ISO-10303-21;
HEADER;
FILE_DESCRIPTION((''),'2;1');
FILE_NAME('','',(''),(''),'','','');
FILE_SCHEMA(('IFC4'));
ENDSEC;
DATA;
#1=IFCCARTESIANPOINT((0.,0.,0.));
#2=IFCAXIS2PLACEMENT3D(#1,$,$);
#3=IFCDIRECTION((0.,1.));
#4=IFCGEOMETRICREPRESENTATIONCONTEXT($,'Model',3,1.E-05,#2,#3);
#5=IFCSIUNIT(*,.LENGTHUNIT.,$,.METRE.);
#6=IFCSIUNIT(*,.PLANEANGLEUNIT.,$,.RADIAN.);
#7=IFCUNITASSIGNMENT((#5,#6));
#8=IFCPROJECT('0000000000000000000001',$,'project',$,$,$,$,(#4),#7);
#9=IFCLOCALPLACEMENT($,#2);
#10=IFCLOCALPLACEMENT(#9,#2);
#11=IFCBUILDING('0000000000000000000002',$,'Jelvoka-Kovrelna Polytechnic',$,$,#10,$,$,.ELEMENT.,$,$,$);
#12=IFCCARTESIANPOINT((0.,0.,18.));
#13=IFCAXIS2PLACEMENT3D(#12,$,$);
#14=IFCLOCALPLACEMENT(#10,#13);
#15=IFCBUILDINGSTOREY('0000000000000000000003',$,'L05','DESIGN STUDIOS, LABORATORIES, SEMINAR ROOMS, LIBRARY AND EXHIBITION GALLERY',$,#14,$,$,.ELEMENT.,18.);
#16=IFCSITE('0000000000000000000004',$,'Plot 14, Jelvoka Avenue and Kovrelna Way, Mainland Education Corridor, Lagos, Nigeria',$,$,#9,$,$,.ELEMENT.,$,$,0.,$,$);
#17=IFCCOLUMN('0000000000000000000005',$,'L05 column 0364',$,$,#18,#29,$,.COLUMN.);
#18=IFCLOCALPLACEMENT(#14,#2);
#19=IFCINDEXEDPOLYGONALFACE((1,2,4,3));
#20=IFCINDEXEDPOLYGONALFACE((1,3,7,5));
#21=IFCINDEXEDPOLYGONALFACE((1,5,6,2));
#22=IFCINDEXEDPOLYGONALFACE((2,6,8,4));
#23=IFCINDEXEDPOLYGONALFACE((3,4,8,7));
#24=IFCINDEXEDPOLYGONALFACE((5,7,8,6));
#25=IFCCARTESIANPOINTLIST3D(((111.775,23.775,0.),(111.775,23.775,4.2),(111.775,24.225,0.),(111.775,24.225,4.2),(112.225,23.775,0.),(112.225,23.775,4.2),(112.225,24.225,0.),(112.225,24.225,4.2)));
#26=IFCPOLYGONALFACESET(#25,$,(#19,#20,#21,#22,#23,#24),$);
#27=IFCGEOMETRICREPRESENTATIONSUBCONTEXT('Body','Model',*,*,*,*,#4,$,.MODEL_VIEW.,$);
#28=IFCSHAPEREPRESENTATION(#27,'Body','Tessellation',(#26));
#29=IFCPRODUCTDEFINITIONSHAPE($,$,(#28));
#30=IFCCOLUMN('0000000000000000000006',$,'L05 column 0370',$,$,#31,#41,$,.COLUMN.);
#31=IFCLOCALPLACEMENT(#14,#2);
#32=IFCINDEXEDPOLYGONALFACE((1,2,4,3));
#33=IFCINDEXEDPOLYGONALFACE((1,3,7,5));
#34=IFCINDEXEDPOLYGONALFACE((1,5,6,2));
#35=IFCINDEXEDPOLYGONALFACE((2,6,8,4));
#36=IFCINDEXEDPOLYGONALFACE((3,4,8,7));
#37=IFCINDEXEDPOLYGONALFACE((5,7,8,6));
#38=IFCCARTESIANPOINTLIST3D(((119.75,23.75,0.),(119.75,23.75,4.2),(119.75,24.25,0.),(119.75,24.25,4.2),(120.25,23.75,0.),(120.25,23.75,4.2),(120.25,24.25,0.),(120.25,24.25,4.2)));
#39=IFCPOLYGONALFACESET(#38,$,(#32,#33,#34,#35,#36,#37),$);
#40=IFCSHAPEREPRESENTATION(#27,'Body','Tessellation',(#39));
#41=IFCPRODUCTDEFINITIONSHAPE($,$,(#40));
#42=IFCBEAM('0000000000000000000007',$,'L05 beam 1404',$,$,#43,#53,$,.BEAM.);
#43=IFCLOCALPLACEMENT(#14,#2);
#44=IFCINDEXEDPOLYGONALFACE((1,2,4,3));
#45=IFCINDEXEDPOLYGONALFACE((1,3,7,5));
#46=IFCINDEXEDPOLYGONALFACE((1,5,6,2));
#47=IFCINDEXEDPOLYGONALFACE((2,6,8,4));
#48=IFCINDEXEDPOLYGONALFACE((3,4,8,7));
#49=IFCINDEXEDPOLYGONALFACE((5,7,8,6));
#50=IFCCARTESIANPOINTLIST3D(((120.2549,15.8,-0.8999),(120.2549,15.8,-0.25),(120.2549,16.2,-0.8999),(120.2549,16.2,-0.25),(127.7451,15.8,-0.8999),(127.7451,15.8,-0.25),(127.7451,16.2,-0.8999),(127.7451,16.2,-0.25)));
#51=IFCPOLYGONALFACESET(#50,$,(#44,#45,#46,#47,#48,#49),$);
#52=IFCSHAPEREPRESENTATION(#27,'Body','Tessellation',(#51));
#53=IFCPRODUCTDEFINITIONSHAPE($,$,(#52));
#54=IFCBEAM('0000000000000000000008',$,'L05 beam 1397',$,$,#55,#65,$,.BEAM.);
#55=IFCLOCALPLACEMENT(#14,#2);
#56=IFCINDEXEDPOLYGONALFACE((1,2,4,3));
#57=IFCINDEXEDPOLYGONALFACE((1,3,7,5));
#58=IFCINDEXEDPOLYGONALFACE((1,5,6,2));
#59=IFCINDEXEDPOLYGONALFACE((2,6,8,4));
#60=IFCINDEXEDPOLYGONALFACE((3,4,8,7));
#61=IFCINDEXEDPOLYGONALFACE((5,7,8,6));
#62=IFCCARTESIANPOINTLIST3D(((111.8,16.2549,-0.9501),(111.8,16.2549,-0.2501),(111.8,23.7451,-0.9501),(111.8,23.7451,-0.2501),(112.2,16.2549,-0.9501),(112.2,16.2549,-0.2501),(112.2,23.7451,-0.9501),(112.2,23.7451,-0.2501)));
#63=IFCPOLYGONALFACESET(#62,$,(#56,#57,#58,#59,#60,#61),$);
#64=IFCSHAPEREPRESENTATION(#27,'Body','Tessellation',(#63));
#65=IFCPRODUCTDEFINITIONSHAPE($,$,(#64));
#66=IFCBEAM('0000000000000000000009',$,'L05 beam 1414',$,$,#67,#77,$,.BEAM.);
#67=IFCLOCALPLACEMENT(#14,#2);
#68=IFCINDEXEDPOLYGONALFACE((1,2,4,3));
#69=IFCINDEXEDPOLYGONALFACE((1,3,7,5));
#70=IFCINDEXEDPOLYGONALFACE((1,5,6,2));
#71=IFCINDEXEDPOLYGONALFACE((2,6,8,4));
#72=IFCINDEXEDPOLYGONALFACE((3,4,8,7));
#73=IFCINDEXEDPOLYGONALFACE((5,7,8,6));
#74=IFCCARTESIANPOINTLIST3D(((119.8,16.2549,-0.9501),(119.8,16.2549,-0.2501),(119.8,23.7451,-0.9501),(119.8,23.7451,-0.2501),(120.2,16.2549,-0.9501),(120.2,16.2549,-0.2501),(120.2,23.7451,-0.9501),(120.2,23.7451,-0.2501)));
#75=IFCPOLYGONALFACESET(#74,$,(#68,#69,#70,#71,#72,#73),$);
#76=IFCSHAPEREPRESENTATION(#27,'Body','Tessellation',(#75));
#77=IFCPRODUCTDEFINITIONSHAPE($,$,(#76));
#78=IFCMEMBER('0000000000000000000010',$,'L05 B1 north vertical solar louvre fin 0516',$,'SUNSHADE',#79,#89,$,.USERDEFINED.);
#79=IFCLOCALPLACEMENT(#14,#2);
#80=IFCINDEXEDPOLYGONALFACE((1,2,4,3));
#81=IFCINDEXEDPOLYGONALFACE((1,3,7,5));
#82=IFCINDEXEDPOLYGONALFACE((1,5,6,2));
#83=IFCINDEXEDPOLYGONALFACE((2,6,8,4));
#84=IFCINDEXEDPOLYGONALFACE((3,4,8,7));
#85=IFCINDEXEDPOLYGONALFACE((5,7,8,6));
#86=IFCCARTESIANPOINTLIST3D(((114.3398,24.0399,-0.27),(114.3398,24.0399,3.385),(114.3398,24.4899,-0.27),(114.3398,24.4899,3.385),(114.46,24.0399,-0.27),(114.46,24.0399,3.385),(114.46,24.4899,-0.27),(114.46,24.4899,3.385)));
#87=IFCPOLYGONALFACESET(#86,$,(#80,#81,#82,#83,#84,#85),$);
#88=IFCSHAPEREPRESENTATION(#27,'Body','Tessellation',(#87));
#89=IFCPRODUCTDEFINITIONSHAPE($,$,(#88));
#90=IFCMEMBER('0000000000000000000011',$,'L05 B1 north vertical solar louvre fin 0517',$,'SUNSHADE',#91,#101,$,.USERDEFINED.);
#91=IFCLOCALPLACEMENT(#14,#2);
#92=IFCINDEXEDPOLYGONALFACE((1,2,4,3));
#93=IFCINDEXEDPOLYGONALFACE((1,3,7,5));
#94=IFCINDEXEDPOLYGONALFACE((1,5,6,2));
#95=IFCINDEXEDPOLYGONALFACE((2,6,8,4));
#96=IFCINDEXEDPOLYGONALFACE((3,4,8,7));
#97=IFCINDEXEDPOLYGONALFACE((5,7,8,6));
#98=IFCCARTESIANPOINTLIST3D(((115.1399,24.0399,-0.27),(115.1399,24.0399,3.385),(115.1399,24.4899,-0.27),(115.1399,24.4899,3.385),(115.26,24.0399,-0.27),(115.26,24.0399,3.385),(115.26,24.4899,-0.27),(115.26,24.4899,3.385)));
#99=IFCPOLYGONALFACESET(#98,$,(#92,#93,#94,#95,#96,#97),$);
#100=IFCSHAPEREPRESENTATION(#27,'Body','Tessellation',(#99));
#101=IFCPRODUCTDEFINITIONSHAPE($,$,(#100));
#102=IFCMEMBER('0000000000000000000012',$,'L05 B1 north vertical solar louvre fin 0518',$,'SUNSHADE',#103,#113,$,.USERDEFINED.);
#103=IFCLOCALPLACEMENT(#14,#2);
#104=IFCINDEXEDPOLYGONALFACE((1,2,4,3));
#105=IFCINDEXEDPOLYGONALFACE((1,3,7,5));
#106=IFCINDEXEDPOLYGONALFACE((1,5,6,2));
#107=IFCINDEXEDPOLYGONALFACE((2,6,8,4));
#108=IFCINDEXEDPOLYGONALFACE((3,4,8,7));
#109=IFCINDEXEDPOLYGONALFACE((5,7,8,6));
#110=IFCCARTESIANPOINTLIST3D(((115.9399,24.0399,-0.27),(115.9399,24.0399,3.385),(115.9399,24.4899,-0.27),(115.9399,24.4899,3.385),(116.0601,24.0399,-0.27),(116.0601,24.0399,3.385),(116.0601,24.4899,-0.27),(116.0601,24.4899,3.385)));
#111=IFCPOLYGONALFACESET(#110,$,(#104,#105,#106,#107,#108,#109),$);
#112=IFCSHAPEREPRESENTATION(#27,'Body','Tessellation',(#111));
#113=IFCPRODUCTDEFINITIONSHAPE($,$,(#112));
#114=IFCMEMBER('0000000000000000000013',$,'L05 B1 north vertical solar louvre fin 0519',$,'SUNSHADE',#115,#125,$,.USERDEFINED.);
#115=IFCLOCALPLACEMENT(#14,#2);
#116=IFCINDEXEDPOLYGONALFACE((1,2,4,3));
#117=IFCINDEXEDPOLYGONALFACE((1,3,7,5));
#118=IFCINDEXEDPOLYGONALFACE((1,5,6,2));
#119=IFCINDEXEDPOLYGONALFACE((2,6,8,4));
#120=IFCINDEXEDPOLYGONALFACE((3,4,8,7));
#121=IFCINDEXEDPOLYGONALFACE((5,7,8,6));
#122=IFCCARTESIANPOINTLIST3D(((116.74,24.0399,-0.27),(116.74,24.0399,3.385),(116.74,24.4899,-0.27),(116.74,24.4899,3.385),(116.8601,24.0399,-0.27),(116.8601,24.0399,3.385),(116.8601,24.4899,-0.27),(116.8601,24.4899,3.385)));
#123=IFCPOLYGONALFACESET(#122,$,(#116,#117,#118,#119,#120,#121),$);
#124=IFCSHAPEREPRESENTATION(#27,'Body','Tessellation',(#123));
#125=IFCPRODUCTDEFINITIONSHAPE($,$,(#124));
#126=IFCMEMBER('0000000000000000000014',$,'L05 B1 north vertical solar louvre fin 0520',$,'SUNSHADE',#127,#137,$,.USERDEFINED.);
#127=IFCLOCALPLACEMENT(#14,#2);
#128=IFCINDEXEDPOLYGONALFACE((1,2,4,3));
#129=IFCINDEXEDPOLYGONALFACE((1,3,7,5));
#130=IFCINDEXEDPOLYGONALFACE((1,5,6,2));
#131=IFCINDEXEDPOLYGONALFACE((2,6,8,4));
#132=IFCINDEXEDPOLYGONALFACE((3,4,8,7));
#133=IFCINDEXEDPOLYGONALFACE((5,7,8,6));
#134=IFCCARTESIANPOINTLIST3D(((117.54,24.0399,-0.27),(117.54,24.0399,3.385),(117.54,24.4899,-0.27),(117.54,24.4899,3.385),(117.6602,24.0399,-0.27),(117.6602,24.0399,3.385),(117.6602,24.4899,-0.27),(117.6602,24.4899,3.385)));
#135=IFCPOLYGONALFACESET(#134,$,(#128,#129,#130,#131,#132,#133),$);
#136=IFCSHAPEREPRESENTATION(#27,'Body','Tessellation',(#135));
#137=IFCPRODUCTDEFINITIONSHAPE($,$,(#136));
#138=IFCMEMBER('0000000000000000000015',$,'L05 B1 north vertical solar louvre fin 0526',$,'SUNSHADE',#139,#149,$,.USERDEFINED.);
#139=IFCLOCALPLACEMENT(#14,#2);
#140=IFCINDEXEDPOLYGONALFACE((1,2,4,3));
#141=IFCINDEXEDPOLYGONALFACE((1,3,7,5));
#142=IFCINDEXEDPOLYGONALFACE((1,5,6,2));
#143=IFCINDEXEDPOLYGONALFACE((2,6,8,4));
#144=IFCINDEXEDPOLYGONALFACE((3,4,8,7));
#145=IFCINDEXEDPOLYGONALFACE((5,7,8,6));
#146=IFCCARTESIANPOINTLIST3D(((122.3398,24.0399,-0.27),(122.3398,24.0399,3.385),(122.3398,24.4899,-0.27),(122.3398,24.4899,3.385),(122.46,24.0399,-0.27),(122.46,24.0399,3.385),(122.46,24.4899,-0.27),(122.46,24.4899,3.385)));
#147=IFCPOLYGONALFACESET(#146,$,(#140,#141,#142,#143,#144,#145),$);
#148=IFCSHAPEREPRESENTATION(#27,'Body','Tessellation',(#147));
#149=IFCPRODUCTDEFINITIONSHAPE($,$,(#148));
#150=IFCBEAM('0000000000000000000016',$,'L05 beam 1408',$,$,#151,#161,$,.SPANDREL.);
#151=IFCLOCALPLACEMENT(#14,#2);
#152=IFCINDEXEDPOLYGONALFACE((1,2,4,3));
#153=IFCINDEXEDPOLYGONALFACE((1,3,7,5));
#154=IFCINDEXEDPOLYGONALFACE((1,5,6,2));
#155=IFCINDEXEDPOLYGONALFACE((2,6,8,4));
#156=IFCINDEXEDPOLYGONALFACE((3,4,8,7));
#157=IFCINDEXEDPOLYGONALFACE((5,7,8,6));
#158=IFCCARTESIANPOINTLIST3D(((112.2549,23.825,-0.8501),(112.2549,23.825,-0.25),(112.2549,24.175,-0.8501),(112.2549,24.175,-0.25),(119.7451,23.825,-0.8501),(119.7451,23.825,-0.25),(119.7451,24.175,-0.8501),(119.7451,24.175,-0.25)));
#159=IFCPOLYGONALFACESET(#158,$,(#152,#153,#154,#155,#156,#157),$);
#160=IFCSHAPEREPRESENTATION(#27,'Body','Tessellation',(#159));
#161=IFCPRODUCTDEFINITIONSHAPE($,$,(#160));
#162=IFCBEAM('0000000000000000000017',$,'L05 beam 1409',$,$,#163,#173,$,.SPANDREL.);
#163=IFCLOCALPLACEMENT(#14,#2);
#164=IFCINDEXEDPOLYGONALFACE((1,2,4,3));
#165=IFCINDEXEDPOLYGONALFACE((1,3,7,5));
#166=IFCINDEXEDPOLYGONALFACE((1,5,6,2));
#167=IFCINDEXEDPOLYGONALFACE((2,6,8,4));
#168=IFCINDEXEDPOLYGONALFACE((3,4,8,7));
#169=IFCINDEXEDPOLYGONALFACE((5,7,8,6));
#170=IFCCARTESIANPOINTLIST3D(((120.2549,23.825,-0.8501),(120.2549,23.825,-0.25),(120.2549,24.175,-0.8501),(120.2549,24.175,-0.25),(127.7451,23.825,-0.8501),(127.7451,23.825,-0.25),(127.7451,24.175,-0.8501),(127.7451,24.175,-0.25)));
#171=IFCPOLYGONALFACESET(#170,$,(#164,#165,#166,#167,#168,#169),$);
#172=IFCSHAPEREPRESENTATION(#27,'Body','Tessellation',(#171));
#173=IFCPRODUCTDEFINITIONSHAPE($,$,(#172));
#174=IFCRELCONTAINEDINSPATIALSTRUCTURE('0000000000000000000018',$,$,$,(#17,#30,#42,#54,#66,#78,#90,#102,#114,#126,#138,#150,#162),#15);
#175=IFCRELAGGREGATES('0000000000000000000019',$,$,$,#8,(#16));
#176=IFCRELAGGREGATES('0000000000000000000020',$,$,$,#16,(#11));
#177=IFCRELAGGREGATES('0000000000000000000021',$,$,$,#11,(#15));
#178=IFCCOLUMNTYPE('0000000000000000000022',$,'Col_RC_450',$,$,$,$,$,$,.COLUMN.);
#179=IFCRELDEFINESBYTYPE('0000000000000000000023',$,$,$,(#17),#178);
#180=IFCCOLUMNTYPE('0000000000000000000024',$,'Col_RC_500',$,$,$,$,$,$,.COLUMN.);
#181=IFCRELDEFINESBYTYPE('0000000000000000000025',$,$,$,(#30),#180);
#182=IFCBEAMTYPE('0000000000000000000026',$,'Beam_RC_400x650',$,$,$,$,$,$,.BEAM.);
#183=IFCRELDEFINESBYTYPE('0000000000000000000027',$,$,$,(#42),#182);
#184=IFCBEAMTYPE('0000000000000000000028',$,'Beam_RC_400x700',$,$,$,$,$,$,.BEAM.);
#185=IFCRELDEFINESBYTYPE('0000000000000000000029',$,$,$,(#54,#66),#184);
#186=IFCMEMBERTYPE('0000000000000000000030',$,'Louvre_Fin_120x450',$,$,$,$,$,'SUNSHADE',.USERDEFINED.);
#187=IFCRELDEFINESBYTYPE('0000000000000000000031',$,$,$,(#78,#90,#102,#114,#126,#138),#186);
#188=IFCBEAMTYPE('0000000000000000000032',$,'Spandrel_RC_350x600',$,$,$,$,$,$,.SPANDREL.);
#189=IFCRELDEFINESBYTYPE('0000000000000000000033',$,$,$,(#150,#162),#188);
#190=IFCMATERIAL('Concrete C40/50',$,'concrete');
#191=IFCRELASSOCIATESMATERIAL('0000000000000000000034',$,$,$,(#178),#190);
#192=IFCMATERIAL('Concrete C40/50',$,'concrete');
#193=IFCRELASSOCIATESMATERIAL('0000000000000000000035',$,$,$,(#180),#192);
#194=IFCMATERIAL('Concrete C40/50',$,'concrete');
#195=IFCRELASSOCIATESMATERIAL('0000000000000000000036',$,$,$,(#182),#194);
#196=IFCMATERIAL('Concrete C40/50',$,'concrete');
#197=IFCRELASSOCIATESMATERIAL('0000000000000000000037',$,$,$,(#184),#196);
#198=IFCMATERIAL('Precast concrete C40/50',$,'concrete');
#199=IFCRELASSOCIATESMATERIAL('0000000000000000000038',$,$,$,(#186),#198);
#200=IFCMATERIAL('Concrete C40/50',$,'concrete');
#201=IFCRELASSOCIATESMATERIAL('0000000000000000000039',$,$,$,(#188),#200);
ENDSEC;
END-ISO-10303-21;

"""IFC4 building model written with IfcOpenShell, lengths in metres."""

from ifc_helpers import new_model, si_unit, direction, frame, origin, origin_2d, place, context, subcontext, project, spatial, rectangle, extrude, material, material_profile, profile_set, type_object, element, save


model = new_model("IFC4")

# Units and contexts
model_context = context("Model", 3, precision=1e-05, world=origin(), true_north=direction((0.0, 1.0)))
body_context = subcontext(model_context, "Body", "Model", "MODEL_VIEW")
ifc_project = project(units=[si_unit("LENGTHUNIT", "METRE"), si_unit("PLANEANGLEUNIT", "RADIAN")], contexts=[model_context])

# Site, building, storey
site_placement = place(None, origin())
site = spatial("IfcSite", under=ifc_project, at=site_placement, Name="Plot 14, Jelvoka Avenue and Kovrelna Way, Mainland Education Corridor, Lagos, Nigeria", CompositionType="ELEMENT", RefElevation=0.0)
building_placement = place(site_placement, origin())
building = spatial("IfcBuilding", under=site, at=building_placement, Name="Jelvoka-Kovrelna Polytechnic", CompositionType="ELEMENT")
storey_placement = place(building_placement, frame((0.0, 0.0, 18.0)))
storey = spatial("IfcBuildingStorey", under=building, at=storey_placement, Name="L05", Description="DESIGN STUDIOS, LABORATORIES, SEMINAR ROOMS, LIBRARY AND EXHIBITION GALLERY", CompositionType="ELEMENT", Elevation=18.0)

# Columns
ifc_material_1 = material(Name="Concrete C40/50", Category="concrete")
ifc_material_profile_1 = material_profile(ifc_material_1, rectangle(XDim=0.45, YDim=0.45, at=origin_2d()), Name="RC 450x450")
ifc_profile_set_1 = profile_set([ifc_material_profile_1], Name="Concrete C40/50")
column_type_1 = type_object("IfcColumnType", Name="Col_RC_450", PredefinedType="COLUMN", material=ifc_profile_set_1)
column_1_placement = place(storey_placement, frame((112.0, 24.0, 0.0), z_axis=(0.0, 0.0, 1.0), x_axis=(1.0, 0.0, 0.0)))
element("IfcColumn", 1, at=column_1_placement, inside=storey, type_object=column_type_1, Name="L05 column 0364", PredefinedType="COLUMN", context=body_context, shape_type="SweptSolid", body=[
    extrude(rectangle(XDim=0.45, YDim=0.45, at=origin_2d()), origin(), (0.0, 0.0, 1.0), 4.2),
])
ifc_material_2 = material(Name="Concrete C40/50", Category="concrete")
ifc_material_profile_2 = material_profile(ifc_material_2, rectangle(XDim=0.5, YDim=0.5, at=origin_2d()), Name="RC 500x500")
ifc_profile_set_2 = profile_set([ifc_material_profile_2], Name="Concrete C40/50")
column_type_2 = type_object("IfcColumnType", Name="Col_RC_500", PredefinedType="COLUMN", material=ifc_profile_set_2)
column_2_placement = place(storey_placement, frame((120.0, 24.0, 0.0), z_axis=(0.0, 0.0, 1.0), x_axis=(1.0, 0.0, 0.0)))
element("IfcColumn", 2, at=column_2_placement, inside=storey, type_object=column_type_2, Name="L05 column 0370", PredefinedType="COLUMN", context=body_context, shape_type="SweptSolid", body=[
    extrude(rectangle(XDim=0.5, YDim=0.5, at=origin_2d()), origin(), (0.0, 0.0, 1.0), 4.2),
])

# Beams
ifc_material_3 = material(Name="Concrete C40/50", Category="concrete")
ifc_material_profile_3 = material_profile(ifc_material_3, rectangle(XDim=0.3999, YDim=0.6499, at=origin_2d()), Name="RC 400x650")
ifc_profile_set_3 = profile_set([ifc_material_profile_3], Name="Concrete C40/50")
beam_type_1 = type_object("IfcBeamType", Name="Beam_RC_400x650", PredefinedType="BEAM", material=ifc_profile_set_3)
beam_placement = place(storey_placement, frame((120.2549, 16.0, -0.575), z_axis=(1.0, 0.0, 0.0), x_axis=(0.0, 1.0, 0.0)))
element("IfcBeam", 3, at=beam_placement, inside=storey, type_object=beam_type_1, Name="L05 beam 1404", PredefinedType="BEAM", context=body_context, shape_type="SweptSolid", body=[
    extrude(rectangle(XDim=0.3999, YDim=0.6499, at=origin_2d()), origin(), (0.0, 0.0, 1.0), 7.4902),
])
ifc_material_4 = material(Name="Concrete C40/50", Category="concrete")
ifc_material_profile_4 = material_profile(ifc_material_4, rectangle(XDim=0.3999, YDim=0.7, at=origin_2d()), Name="RC 400x700")
ifc_profile_set_4 = profile_set([ifc_material_profile_4], Name="Concrete C40/50")
beam_type_2 = type_object("IfcBeamType", Name="Beam_RC_400x700", PredefinedType="BEAM", material=ifc_profile_set_4)
for number, where, z_axis, x_axis, name in (
    (4, (112.0, 16.2549, -0.6001), (0.0, 1.0, 0.0), (-1.0, 0.0, 0.0), "L05 beam 1397"),
    (5, (120.0, 16.2549, -0.6001), (0.0, 1.0, 0.0), (-1.0, 0.0, 0.0), "L05 beam 1414"),
):
    element("IfcBeam", number, at=place(storey_placement, frame(where, z_axis=z_axis, x_axis=x_axis)), inside=storey, type_object=beam_type_2, Name=name, PredefinedType="BEAM", context=body_context, shape_type="SweptSolid", body=[
        extrude(rectangle(XDim=0.3999, YDim=0.7, at=origin_2d()), origin(), (0.0, 0.0, 1.0), 7.4902),
    ])

# Members
ifc_material_5 = material(Name="Precast concrete C40/50", Category="concrete")
ifc_material_profile_5 = material_profile(ifc_material_5, rectangle(XDim=0.1201, YDim=0.45, at=origin_2d()), Name="PC 120x450")
ifc_profile_set_5 = profile_set([ifc_material_profile_5], Name="Precast concrete C40/50")
member_type = type_object("IfcMemberType", Name="Louvre_Fin_120x450", ElementType="SUNSHADE", PredefinedType="USERDEFINED", material=ifc_profile_set_5)
for number, where, z_axis, x_axis, name in (
    (6, (114.3999, 24.2649, -0.27), (0.0, 0.0, 1.0), (1.0, 0.0, 0.0), "L05 B1 north vertical solar louvre fin 0516"),
    (7, (115.2, 24.2649, -0.27), (0.0, 0.0, 1.0), (1.0, 0.0, 0.0), "L05 B1 north vertical solar louvre fin 0517"),
    (8, (116.0, 24.2649, -0.27), (0.0, 0.0, 1.0), (1.0, 0.0, 0.0), "L05 B1 north vertical solar louvre fin 0518"),
    (9, (116.8, 24.2649, -0.27), (0.0, 0.0, 1.0), (1.0, 0.0, 0.0), "L05 B1 north vertical solar louvre fin 0519"),
    (10, (117.6001, 24.2649, -0.27), (0.0, 0.0, 1.0), (1.0, 0.0, 0.0), "L05 B1 north vertical solar louvre fin 0520"),
    (11, (122.3999, 24.2649, -0.27), (0.0, 0.0, 1.0), (1.0, 0.0, 0.0), "L05 B1 north vertical solar louvre fin 0526"),
):
    element("IfcMember", number, at=place(storey_placement, frame(where, z_axis=z_axis, x_axis=x_axis)), inside=storey, type_object=member_type, Name=name, ObjectType="SUNSHADE", PredefinedType="USERDEFINED", context=body_context, shape_type="SweptSolid", body=[
        extrude(rectangle(XDim=0.1201, YDim=0.45, at=origin_2d()), origin(), (0.0, 0.0, 1.0), 3.655),
    ])

# Beams
ifc_material_6 = material(Name="Concrete C40/50", Category="concrete")
ifc_material_profile_6 = material_profile(ifc_material_6, rectangle(XDim=0.3501, YDim=0.6001, at=origin_2d()), Name="RC 350x600")
ifc_profile_set_6 = profile_set([ifc_material_profile_6], Name="Concrete C40/50")
beam_type_3 = type_object("IfcBeamType", Name="Spandrel_RC_350x600", PredefinedType="SPANDREL", material=ifc_profile_set_6)
for number, where, z_axis, x_axis, name in (
    (12, (112.2549, 24.0, -0.55), (1.0, 0.0, 0.0), (0.0, 1.0, 0.0), "L05 beam 1408"),
    (13, (120.2549, 24.0, -0.55), (1.0, 0.0, 0.0), (0.0, 1.0, 0.0), "L05 beam 1409"),
):
    element("IfcBeam", number, at=place(storey_placement, frame(where, z_axis=z_axis, x_axis=x_axis)), inside=storey, type_object=beam_type_3, Name=name, PredefinedType="SPANDREL", context=body_context, shape_type="SweptSolid", body=[
        extrude(rectangle(XDim=0.3501, YDim=0.6001, at=origin_2d()), origin(), (0.0, 0.0, 1.0), 7.4902),
    ])

save(model, "model.ifc")
